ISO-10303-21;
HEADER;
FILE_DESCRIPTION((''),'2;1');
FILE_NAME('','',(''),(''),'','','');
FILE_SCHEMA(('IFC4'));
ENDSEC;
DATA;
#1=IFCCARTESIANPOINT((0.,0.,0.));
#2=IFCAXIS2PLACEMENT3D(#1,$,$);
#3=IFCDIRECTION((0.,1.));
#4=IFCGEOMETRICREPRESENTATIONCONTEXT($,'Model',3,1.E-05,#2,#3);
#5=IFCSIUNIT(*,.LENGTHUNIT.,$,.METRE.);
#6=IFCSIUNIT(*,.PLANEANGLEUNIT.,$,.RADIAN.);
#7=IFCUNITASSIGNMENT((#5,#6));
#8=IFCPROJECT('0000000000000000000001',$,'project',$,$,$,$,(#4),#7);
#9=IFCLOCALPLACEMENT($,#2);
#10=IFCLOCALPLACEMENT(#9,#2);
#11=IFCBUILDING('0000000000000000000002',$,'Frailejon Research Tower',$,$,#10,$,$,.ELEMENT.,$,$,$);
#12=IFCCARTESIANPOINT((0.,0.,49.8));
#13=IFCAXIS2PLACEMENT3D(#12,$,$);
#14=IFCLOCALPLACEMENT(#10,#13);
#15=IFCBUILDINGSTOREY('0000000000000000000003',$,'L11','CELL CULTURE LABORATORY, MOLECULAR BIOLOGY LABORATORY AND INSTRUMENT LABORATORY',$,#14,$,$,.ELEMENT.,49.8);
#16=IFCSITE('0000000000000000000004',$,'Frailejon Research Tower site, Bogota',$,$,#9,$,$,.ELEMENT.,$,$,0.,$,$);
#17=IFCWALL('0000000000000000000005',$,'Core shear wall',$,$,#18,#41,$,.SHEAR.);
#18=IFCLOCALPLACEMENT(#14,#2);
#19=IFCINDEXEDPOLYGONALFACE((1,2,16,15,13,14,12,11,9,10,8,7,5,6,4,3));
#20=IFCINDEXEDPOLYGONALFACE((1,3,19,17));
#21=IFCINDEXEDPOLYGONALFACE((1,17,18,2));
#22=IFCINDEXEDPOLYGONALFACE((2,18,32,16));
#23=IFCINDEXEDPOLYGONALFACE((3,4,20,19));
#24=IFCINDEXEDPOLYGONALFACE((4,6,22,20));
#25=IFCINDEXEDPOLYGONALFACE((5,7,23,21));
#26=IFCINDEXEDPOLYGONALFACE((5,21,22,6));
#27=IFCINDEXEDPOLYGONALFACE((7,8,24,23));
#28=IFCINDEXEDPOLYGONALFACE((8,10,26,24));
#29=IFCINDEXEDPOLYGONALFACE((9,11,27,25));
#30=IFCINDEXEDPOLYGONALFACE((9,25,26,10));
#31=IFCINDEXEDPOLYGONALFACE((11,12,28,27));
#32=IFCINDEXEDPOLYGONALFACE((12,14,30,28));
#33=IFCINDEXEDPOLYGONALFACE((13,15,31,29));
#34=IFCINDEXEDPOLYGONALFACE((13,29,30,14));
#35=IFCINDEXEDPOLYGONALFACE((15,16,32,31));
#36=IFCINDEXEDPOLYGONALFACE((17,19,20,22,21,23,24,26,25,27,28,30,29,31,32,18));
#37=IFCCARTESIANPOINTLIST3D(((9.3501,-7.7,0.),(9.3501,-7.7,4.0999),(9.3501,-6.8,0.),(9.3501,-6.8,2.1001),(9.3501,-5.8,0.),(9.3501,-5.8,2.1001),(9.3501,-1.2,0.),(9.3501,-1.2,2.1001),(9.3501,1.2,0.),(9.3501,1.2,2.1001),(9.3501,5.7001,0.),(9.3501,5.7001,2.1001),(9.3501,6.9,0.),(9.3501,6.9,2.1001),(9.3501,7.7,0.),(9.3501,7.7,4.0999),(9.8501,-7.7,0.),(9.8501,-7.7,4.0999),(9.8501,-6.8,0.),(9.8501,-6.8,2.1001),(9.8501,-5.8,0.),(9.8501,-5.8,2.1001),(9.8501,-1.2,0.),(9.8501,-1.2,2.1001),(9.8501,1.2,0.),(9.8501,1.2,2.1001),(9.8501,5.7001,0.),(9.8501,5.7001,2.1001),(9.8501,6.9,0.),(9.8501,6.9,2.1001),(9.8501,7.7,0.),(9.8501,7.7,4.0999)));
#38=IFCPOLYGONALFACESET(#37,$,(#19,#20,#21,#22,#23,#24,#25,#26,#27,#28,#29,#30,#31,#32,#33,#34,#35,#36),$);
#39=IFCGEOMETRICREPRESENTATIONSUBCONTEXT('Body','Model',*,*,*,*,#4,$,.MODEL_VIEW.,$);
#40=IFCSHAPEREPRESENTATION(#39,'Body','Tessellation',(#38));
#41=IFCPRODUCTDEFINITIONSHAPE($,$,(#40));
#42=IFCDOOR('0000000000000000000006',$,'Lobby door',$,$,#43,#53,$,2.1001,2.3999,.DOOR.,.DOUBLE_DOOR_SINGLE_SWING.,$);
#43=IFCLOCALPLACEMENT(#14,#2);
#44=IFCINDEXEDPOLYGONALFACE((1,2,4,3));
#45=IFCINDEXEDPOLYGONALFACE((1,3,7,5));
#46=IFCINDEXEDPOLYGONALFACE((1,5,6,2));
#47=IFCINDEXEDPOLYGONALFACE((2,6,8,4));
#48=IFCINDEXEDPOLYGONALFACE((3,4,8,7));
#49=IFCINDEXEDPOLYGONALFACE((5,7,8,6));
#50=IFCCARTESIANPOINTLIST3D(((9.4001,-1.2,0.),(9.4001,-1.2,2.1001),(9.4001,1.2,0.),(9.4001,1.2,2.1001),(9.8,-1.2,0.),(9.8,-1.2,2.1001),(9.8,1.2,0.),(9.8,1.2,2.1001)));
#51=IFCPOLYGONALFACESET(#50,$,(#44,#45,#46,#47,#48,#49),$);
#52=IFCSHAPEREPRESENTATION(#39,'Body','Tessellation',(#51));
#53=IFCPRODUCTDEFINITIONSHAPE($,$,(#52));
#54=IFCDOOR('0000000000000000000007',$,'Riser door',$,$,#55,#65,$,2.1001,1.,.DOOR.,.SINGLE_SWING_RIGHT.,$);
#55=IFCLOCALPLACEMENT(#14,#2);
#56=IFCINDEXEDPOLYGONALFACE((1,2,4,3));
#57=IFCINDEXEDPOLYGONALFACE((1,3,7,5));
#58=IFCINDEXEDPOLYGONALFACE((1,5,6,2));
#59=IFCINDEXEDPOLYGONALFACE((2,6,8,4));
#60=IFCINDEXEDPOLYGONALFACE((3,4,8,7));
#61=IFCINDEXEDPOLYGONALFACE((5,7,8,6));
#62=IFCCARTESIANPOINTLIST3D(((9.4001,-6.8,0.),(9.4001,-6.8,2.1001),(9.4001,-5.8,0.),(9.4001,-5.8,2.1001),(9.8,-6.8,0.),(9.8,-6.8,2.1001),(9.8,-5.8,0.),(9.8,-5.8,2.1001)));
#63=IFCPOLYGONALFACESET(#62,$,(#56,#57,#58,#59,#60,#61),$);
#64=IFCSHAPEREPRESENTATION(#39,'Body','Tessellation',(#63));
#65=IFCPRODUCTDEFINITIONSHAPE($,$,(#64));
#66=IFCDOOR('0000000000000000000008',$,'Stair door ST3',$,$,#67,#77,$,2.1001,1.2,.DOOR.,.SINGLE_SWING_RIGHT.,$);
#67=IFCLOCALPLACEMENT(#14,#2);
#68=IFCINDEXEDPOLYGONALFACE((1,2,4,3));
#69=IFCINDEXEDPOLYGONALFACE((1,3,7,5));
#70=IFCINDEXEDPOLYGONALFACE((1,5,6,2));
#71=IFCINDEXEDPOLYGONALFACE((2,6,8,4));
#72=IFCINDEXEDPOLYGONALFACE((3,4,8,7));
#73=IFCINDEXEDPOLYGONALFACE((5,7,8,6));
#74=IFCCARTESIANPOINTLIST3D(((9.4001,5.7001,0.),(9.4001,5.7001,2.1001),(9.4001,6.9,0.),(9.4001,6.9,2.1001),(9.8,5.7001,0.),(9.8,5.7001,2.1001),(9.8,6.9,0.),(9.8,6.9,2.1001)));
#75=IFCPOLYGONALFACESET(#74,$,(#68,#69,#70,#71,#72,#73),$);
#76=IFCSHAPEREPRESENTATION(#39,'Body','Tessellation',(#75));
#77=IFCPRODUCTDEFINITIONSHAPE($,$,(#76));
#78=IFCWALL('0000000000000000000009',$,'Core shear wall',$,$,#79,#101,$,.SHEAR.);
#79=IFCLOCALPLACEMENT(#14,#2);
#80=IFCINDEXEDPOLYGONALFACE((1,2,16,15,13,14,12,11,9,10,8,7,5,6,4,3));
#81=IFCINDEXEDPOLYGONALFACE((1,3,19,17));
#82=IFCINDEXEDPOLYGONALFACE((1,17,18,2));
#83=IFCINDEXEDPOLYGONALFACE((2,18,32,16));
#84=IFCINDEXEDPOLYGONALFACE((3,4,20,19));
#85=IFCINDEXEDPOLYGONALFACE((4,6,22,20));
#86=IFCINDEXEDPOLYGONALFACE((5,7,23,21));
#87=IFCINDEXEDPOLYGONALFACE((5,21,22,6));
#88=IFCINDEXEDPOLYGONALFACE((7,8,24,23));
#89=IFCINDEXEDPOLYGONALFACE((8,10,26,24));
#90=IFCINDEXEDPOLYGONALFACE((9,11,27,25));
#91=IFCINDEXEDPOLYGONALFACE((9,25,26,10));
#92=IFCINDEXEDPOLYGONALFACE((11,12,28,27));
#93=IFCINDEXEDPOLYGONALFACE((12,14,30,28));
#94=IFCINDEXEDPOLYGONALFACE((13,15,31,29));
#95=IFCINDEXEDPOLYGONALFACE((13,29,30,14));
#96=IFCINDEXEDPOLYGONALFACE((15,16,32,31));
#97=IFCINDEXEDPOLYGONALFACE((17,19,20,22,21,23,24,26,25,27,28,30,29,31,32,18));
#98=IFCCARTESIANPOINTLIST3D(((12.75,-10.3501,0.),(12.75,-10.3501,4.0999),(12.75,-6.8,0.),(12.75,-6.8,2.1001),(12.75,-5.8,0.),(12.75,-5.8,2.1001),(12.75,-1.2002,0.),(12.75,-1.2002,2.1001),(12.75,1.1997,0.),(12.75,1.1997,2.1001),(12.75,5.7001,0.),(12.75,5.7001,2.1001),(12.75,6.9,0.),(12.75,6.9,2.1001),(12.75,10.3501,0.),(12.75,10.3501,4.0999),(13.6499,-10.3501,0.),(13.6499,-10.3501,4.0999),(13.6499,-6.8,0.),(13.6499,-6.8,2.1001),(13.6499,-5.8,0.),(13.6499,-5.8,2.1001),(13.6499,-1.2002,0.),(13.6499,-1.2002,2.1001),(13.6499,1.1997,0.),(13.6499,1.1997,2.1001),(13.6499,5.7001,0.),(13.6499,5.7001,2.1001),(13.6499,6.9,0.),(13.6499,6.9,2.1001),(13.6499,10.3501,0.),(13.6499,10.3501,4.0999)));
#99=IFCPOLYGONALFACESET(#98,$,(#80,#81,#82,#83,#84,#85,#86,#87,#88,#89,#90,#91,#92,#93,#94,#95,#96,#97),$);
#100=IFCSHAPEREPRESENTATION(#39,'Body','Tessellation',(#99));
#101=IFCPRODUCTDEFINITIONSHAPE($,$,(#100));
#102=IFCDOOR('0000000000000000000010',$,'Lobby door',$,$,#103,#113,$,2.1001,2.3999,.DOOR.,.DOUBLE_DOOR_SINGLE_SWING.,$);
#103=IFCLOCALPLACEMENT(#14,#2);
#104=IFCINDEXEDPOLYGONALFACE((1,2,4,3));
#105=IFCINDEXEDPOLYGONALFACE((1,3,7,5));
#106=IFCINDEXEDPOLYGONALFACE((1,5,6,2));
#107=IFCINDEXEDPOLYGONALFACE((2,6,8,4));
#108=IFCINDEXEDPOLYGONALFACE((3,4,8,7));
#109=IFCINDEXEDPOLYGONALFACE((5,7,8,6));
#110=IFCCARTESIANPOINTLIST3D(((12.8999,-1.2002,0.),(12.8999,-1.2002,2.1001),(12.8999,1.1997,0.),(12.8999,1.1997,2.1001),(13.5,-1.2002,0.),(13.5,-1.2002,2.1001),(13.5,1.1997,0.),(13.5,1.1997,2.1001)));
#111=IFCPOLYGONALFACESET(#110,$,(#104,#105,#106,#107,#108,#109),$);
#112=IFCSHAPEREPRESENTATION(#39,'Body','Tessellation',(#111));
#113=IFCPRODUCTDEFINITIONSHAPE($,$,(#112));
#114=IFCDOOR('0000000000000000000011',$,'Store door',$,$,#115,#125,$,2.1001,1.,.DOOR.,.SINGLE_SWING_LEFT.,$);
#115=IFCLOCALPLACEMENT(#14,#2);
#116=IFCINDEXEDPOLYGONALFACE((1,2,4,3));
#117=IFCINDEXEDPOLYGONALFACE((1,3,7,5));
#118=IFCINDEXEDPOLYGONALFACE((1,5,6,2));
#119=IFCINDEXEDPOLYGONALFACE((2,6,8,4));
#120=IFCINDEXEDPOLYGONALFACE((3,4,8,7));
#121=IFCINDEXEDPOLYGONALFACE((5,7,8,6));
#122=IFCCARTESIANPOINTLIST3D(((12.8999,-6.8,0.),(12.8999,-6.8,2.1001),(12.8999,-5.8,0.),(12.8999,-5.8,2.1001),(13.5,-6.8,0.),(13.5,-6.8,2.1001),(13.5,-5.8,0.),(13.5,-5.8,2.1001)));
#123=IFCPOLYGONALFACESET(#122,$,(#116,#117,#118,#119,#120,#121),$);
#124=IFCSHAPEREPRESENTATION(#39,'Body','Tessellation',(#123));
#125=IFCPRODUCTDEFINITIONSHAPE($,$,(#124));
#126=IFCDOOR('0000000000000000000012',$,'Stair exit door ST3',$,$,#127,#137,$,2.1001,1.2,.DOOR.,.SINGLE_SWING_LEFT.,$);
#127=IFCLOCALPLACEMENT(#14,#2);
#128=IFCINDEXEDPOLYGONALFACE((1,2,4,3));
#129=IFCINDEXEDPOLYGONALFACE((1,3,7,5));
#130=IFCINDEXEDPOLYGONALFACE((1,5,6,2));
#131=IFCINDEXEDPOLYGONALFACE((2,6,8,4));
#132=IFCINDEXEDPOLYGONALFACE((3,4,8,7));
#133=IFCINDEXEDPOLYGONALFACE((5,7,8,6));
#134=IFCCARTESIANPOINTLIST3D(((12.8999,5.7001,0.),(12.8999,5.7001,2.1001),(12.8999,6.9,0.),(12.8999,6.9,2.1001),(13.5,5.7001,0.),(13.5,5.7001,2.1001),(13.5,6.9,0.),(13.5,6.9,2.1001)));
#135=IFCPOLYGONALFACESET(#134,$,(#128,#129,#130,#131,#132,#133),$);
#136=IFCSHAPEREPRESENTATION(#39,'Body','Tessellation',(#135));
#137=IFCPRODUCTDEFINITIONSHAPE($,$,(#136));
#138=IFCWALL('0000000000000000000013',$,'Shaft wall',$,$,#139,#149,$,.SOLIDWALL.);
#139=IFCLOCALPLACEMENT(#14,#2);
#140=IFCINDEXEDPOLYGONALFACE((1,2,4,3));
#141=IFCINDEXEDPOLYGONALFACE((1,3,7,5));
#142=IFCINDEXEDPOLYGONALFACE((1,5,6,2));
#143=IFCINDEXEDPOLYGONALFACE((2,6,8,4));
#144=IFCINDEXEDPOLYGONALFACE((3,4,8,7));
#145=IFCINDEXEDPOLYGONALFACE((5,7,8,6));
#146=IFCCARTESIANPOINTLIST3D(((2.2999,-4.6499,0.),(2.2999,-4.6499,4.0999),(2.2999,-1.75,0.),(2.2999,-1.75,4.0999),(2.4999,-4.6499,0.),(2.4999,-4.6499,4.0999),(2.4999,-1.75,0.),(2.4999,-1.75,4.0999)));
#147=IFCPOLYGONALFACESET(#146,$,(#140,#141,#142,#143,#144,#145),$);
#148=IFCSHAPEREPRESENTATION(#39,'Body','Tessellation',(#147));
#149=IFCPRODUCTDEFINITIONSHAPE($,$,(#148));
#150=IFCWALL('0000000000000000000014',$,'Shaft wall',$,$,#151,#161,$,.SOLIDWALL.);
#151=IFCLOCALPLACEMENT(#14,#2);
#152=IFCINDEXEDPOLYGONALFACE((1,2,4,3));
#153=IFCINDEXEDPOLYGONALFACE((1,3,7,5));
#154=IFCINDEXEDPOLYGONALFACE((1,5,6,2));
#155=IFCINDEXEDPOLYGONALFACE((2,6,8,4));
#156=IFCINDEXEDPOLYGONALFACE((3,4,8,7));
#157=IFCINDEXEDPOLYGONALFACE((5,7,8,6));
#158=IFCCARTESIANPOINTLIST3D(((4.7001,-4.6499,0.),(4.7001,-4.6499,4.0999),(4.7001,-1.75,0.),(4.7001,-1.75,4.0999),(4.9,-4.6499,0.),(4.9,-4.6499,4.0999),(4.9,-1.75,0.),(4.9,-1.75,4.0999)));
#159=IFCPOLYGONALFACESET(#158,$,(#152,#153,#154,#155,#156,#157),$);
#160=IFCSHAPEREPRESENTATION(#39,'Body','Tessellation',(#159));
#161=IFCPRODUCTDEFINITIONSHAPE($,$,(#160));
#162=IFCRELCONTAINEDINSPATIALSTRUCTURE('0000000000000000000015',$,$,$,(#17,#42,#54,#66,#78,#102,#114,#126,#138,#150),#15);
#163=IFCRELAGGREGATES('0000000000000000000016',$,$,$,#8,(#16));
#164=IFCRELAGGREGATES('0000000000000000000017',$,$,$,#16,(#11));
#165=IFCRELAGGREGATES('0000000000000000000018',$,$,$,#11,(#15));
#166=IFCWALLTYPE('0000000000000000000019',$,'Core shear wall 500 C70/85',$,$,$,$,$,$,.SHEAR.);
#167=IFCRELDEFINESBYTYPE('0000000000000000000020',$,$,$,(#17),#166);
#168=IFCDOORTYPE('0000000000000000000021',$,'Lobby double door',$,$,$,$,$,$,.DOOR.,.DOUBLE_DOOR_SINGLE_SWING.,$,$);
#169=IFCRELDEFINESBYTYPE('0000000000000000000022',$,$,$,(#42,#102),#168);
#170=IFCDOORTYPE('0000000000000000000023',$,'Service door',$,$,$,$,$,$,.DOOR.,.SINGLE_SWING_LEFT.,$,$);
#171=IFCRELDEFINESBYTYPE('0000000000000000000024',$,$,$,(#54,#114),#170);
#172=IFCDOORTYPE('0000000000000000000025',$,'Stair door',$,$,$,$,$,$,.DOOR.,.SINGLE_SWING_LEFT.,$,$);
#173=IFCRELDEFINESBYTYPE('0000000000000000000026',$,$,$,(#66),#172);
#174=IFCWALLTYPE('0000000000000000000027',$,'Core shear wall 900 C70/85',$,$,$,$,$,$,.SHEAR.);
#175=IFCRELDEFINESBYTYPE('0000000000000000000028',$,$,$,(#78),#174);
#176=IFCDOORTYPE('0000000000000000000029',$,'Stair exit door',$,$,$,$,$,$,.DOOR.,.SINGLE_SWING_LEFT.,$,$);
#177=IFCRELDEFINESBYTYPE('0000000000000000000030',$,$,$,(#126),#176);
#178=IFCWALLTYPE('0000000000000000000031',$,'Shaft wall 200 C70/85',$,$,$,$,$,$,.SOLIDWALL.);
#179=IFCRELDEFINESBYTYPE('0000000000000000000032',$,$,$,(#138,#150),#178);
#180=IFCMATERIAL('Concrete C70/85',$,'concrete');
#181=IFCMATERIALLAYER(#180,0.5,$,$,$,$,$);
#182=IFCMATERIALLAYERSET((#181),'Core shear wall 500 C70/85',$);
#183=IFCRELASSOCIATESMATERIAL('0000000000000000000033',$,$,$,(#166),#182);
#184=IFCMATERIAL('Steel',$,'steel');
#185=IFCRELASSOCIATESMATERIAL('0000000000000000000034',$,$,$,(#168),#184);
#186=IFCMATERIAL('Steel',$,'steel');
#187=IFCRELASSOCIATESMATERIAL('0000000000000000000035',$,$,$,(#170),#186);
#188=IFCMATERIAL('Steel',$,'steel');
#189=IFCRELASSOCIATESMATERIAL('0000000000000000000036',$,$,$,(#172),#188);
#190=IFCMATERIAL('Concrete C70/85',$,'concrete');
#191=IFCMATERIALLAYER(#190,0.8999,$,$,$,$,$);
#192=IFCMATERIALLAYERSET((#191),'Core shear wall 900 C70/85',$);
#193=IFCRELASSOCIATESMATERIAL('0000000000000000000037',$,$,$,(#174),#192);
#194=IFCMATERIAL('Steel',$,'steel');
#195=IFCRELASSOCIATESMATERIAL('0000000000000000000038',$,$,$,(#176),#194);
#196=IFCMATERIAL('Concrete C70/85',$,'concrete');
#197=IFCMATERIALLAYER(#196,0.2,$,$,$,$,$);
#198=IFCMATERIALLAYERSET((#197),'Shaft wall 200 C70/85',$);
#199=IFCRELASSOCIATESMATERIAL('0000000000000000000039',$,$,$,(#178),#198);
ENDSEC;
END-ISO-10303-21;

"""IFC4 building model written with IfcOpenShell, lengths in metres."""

from ifc_helpers import new_model, si_unit, direction, frame, frame_2d, origin, place, context, subcontext, project, spatial, rectangle, extrude, material, layer, layer_set, type_object, element, fill, save


model = new_model("IFC4")

# Units and contexts
model_context = context("Model", 3, precision=1e-05, world=origin(), true_north=direction((0.0, 1.0)))
body_context = subcontext(model_context, "Body", "Model", "MODEL_VIEW")
ifc_project = project(units=[si_unit("LENGTHUNIT", "METRE"), si_unit("PLANEANGLEUNIT", "RADIAN")], contexts=[model_context])

# Site, building, storey
site_placement = place(None, origin())
site = spatial("IfcSite", under=ifc_project, at=site_placement, Name="Frailejon Research Tower site, Bogota", CompositionType="ELEMENT", RefElevation=0.0)
building_placement = place(site_placement, origin())
building = spatial("IfcBuilding", under=site, at=building_placement, Name="Frailejon Research Tower", CompositionType="ELEMENT")
storey_placement = place(building_placement, frame((0.0, 0.0, 49.8)))
storey = spatial("IfcBuildingStorey", under=building, at=storey_placement, Name="L11", Description="CELL CULTURE LABORATORY, MOLECULAR BIOLOGY LABORATORY AND INSTRUMENT LABORATORY", CompositionType="ELEMENT", Elevation=49.8)

# Walls, openings, doors
ifc_material_1 = material(Name="Concrete C70/85", Category="concrete")
ifc_layer_1 = layer(ifc_material_1, 0.5)
ifc_layer_set_1 = layer_set([ifc_layer_1], Name="Core shear wall 500 C70/85")
wall_type_1 = type_object("IfcWallType", Name="Core shear wall 500 C70/85", PredefinedType="SHEAR", material=ifc_layer_set_1)
wall_1_placement = place(storey_placement, frame((9.6001, -7.7, 0.0), z_axis=(0.0, 0.0, 1.0), x_axis=(0.0, 1.0, 0.0)))
wall_1 = element("IfcWall", 1, at=wall_1_placement, inside=storey, type_object=wall_type_1, Name="Core shear wall", PredefinedType="SHEAR", context=body_context, shape_type="SweptSolid", body=[
    extrude(rectangle(XDim=15.3999, YDim=0.5, at=frame_2d((7.7, 0.0))), origin(), (0.0, 0.0, 1.0), 4.0999),
])
opening_1_placement = place(wall_1_placement, frame((6.5, 0.0, 0.0)))
opening_1 = element("IfcOpeningElement", 2, at=opening_1_placement, cuts=wall_1, PredefinedType="OPENING", context=body_context, shape_type="SweptSolid", body=[
    extrude(rectangle(XDim=2.3999, YDim=2.1001, at=frame_2d((1.2, 1.05))), frame((0.0, 0.26, 0.0), z_axis=(0.0, -1.0, 0.0), x_axis=(1.0, 0.0, 0.0)), (0.0, 0.0, 1.0), 0.52),
])
opening_2_placement = place(wall_1_placement, frame((13.3999, 0.0, 0.0)))
opening_2 = element("IfcOpeningElement", 3, at=opening_2_placement, cuts=wall_1, PredefinedType="OPENING", context=body_context, shape_type="SweptSolid", body=[
    extrude(rectangle(XDim=1.2, YDim=2.1001, at=frame_2d((0.6001, 1.05))), frame((0.0, 0.26, 0.0), z_axis=(0.0, -1.0, 0.0), x_axis=(1.0, 0.0, 0.0)), (0.0, 0.0, 1.0), 0.52),
])
opening_3_placement = place(wall_1_placement, frame((0.8999, 0.0, 0.0)))
opening_3 = element("IfcOpeningElement", 4, at=opening_3_placement, cuts=wall_1, PredefinedType="OPENING", context=body_context, shape_type="SweptSolid", body=[
    extrude(rectangle(XDim=1.0, YDim=2.1001, at=frame_2d((0.5, 1.05))), frame((0.0, 0.26, 0.0), z_axis=(0.0, -1.0, 0.0), x_axis=(1.0, 0.0, 0.0)), (0.0, 0.0, 1.0), 0.52),
])
ifc_material_2 = material(Name="Steel", Category="steel")
door_type_1 = type_object("IfcDoorType", Name="Lobby double door", OperationType="DOUBLE_DOOR_SINGLE_SWING", PredefinedType="DOOR", material=ifc_material_2)
door_1_placement = place(opening_1_placement, origin())
door_1 = element("IfcDoor", 5, at=door_1_placement, inside=storey, type_object=door_type_1, Name="Lobby door", OperationType="DOUBLE_DOOR_SINGLE_SWING", OverallHeight=2.1001, OverallWidth=2.3999, PredefinedType="DOOR", context=body_context, shape_type="SweptSolid", body=[
    extrude(rectangle(XDim=2.3999, YDim=2.1001, at=frame_2d((1.2, 1.05))), frame((0.0, 0.2, 0.0), z_axis=(0.0, -1.0, 0.0), x_axis=(1.0, 0.0, 0.0)), (0.0, 0.0, 1.0), 0.3999),
])
fill(opening_1, door_1)
ifc_material_3 = material(Name="Steel", Category="steel")
door_type_2 = type_object("IfcDoorType", Name="Service door", OperationType="SINGLE_SWING_LEFT", PredefinedType="DOOR", material=ifc_material_3)
door_2_placement = place(opening_3_placement, origin())
door_2 = element("IfcDoor", 6, at=door_2_placement, inside=storey, type_object=door_type_2, Name="Riser door", OperationType="SINGLE_SWING_RIGHT", OverallHeight=2.1001, OverallWidth=1.0, PredefinedType="DOOR", context=body_context, shape_type="SweptSolid", body=[
    extrude(rectangle(XDim=1.0, YDim=2.1001, at=frame_2d((0.5, 1.05))), frame((0.0, 0.2, 0.0), z_axis=(0.0, -1.0, 0.0), x_axis=(1.0, 0.0, 0.0)), (0.0, 0.0, 1.0), 0.3999),
])
fill(opening_3, door_2)
ifc_material_4 = material(Name="Steel", Category="steel")
door_type_3 = type_object("IfcDoorType", Name="Stair door", OperationType="SINGLE_SWING_LEFT", PredefinedType="DOOR", material=ifc_material_4)
door_3_placement = place(opening_2_placement, origin())
door_3 = element("IfcDoor", 7, at=door_3_placement, inside=storey, type_object=door_type_3, Name="Stair door ST3", OperationType="SINGLE_SWING_RIGHT", OverallHeight=2.1001, OverallWidth=1.2, PredefinedType="DOOR", context=body_context, shape_type="SweptSolid", body=[
    extrude(rectangle(XDim=1.2, YDim=2.1001, at=frame_2d((0.6001, 1.05))), frame((0.0, 0.2, 0.0), z_axis=(0.0, -1.0, 0.0), x_axis=(1.0, 0.0, 0.0)), (0.0, 0.0, 1.0), 0.3999),
])
fill(opening_2, door_3)
ifc_material_5 = material(Name="Concrete C70/85", Category="concrete")
ifc_layer_2 = layer(ifc_material_5, 0.8999)
ifc_layer_set_2 = layer_set([ifc_layer_2], Name="Core shear wall 900 C70/85")
wall_type_2 = type_object("IfcWallType", Name="Core shear wall 900 C70/85", PredefinedType="SHEAR", material=ifc_layer_set_2)
wall_2_placement = place(storey_placement, frame((13.2, -10.3501, 0.0), z_axis=(0.0, 0.0, 1.0), x_axis=(0.0, 1.0, 0.0)))
wall_2 = element("IfcWall", 8, at=wall_2_placement, inside=storey, type_object=wall_type_2, Name="Core shear wall", PredefinedType="SHEAR", context=body_context, shape_type="SweptSolid", body=[
    extrude(rectangle(XDim=20.7002, YDim=0.8999, at=frame_2d((10.3501, 0.0))), origin(), (0.0, 0.0, 1.0), 4.0999),
])
opening_4_placement = place(wall_2_placement, frame((9.1499, 0.0, 0.0)))
opening_4 = element("IfcOpeningElement", 9, at=opening_4_placement, cuts=wall_2, PredefinedType="OPENING", context=body_context, shape_type="SweptSolid", body=[
    extrude(rectangle(XDim=2.3999, YDim=2.1001, at=frame_2d((1.2, 1.05))), frame((0.0, 0.46, 0.0), z_axis=(0.0, -1.0, 0.0), x_axis=(1.0, 0.0, 0.0)), (0.0, 0.0, 1.0), 0.9199),
])
opening_5_placement = place(wall_2_placement, frame((16.05, 0.0, 0.0)))
opening_5 = element("IfcOpeningElement", 10, at=opening_5_placement, cuts=wall_2, PredefinedType="OPENING", context=body_context, shape_type="SweptSolid", body=[
    extrude(rectangle(XDim=1.2, YDim=2.1001, at=frame_2d((0.6001, 1.05))), frame((0.0, 0.46, 0.0), z_axis=(0.0, -1.0, 0.0), x_axis=(1.0, 0.0, 0.0)), (0.0, 0.0, 1.0), 0.9199),
])
opening_6_placement = place(wall_2_placement, frame((3.55, 0.0, 0.0)))
opening_6 = element("IfcOpeningElement", 11, at=opening_6_placement, cuts=wall_2, PredefinedType="OPENING", context=body_context, shape_type="SweptSolid", body=[
    extrude(rectangle(XDim=1.0, YDim=2.1001, at=frame_2d((0.5, 1.05))), frame((0.0, 0.46, 0.0), z_axis=(0.0, -1.0, 0.0), x_axis=(1.0, 0.0, 0.0)), (0.0, 0.0, 1.0), 0.9199),
])
door_4_placement = place(opening_4_placement, origin())
door_4 = element("IfcDoor", 12, at=door_4_placement, inside=storey, type_object=door_type_1, Name="Lobby door", OperationType="DOUBLE_DOOR_SINGLE_SWING", OverallHeight=2.1001, OverallWidth=2.3999, PredefinedType="DOOR", context=body_context, shape_type="SweptSolid", body=[
    extrude(rectangle(XDim=2.3999, YDim=2.1001, at=frame_2d((1.2, 1.05))), frame((0.0, 0.3, 0.0), z_axis=(0.0, -1.0, 0.0), x_axis=(1.0, 0.0, 0.0)), (0.0, 0.0, 1.0), 0.6001),
])
fill(opening_4, door_4)
door_5_placement = place(opening_6_placement, origin())
door_5 = element("IfcDoor", 13, at=door_5_placement, inside=storey, type_object=door_type_2, Name="Store door", OperationType="SINGLE_SWING_LEFT", OverallHeight=2.1001, OverallWidth=1.0, PredefinedType="DOOR", context=body_context, shape_type="SweptSolid", body=[
    extrude(rectangle(XDim=1.0, YDim=2.1001, at=frame_2d((0.5, 1.05))), frame((0.0, 0.3, 0.0), z_axis=(0.0, -1.0, 0.0), x_axis=(1.0, 0.0, 0.0)), (0.0, 0.0, 1.0), 0.6001),
])
fill(opening_6, door_5)
ifc_material_6 = material(Name="Steel", Category="steel")
door_type_4 = type_object("IfcDoorType", Name="Stair exit door", OperationType="SINGLE_SWING_LEFT", PredefinedType="DOOR", material=ifc_material_6)
door_6_placement = place(opening_5_placement, origin())
door_6 = element("IfcDoor", 14, at=door_6_placement, inside=storey, type_object=door_type_4, Name="Stair exit door ST3", OperationType="SINGLE_SWING_LEFT", OverallHeight=2.1001, OverallWidth=1.2, PredefinedType="DOOR", context=body_context, shape_type="SweptSolid", body=[
    extrude(rectangle(XDim=1.2, YDim=2.1001, at=frame_2d((0.6001, 1.05))), frame((0.0, 0.3, 0.0), z_axis=(0.0, -1.0, 0.0), x_axis=(1.0, 0.0, 0.0)), (0.0, 0.0, 1.0), 0.6001),
])
fill(opening_5, door_6)

# Walls
ifc_material_7 = material(Name="Concrete C70/85", Category="concrete")
ifc_layer_3 = layer(ifc_material_7, 0.2)
ifc_layer_set_3 = layer_set([ifc_layer_3], Name="Shaft wall 200 C70/85")
wall_type_3 = type_object("IfcWallType", Name="Shaft wall 200 C70/85", PredefinedType="SOLIDWALL", material=ifc_layer_set_3)
for number, where, z_axis, x_axis, name in (
    (15, (2.3999, -4.6499, 0.0), (0.0, 0.0, 1.0), (0.0, 1.0, 0.0), "Shaft wall"),
    (16, (4.8, -4.6499, 0.0), (0.0, 0.0, 1.0), (0.0, 1.0, 0.0), "Shaft wall"),
):
    element("IfcWall", number, at=place(storey_placement, frame(where, z_axis=z_axis, x_axis=x_axis)), inside=storey, type_object=wall_type_3, Name=name, PredefinedType="SOLIDWALL", context=body_context, shape_type="SweptSolid", body=[
        extrude(rectangle(XDim=2.8999, YDim=0.2, at=frame_2d((1.45, 0.0))), origin(), (0.0, 0.0, 1.0), 4.0999),
    ])

save(model, "model.ifc")
